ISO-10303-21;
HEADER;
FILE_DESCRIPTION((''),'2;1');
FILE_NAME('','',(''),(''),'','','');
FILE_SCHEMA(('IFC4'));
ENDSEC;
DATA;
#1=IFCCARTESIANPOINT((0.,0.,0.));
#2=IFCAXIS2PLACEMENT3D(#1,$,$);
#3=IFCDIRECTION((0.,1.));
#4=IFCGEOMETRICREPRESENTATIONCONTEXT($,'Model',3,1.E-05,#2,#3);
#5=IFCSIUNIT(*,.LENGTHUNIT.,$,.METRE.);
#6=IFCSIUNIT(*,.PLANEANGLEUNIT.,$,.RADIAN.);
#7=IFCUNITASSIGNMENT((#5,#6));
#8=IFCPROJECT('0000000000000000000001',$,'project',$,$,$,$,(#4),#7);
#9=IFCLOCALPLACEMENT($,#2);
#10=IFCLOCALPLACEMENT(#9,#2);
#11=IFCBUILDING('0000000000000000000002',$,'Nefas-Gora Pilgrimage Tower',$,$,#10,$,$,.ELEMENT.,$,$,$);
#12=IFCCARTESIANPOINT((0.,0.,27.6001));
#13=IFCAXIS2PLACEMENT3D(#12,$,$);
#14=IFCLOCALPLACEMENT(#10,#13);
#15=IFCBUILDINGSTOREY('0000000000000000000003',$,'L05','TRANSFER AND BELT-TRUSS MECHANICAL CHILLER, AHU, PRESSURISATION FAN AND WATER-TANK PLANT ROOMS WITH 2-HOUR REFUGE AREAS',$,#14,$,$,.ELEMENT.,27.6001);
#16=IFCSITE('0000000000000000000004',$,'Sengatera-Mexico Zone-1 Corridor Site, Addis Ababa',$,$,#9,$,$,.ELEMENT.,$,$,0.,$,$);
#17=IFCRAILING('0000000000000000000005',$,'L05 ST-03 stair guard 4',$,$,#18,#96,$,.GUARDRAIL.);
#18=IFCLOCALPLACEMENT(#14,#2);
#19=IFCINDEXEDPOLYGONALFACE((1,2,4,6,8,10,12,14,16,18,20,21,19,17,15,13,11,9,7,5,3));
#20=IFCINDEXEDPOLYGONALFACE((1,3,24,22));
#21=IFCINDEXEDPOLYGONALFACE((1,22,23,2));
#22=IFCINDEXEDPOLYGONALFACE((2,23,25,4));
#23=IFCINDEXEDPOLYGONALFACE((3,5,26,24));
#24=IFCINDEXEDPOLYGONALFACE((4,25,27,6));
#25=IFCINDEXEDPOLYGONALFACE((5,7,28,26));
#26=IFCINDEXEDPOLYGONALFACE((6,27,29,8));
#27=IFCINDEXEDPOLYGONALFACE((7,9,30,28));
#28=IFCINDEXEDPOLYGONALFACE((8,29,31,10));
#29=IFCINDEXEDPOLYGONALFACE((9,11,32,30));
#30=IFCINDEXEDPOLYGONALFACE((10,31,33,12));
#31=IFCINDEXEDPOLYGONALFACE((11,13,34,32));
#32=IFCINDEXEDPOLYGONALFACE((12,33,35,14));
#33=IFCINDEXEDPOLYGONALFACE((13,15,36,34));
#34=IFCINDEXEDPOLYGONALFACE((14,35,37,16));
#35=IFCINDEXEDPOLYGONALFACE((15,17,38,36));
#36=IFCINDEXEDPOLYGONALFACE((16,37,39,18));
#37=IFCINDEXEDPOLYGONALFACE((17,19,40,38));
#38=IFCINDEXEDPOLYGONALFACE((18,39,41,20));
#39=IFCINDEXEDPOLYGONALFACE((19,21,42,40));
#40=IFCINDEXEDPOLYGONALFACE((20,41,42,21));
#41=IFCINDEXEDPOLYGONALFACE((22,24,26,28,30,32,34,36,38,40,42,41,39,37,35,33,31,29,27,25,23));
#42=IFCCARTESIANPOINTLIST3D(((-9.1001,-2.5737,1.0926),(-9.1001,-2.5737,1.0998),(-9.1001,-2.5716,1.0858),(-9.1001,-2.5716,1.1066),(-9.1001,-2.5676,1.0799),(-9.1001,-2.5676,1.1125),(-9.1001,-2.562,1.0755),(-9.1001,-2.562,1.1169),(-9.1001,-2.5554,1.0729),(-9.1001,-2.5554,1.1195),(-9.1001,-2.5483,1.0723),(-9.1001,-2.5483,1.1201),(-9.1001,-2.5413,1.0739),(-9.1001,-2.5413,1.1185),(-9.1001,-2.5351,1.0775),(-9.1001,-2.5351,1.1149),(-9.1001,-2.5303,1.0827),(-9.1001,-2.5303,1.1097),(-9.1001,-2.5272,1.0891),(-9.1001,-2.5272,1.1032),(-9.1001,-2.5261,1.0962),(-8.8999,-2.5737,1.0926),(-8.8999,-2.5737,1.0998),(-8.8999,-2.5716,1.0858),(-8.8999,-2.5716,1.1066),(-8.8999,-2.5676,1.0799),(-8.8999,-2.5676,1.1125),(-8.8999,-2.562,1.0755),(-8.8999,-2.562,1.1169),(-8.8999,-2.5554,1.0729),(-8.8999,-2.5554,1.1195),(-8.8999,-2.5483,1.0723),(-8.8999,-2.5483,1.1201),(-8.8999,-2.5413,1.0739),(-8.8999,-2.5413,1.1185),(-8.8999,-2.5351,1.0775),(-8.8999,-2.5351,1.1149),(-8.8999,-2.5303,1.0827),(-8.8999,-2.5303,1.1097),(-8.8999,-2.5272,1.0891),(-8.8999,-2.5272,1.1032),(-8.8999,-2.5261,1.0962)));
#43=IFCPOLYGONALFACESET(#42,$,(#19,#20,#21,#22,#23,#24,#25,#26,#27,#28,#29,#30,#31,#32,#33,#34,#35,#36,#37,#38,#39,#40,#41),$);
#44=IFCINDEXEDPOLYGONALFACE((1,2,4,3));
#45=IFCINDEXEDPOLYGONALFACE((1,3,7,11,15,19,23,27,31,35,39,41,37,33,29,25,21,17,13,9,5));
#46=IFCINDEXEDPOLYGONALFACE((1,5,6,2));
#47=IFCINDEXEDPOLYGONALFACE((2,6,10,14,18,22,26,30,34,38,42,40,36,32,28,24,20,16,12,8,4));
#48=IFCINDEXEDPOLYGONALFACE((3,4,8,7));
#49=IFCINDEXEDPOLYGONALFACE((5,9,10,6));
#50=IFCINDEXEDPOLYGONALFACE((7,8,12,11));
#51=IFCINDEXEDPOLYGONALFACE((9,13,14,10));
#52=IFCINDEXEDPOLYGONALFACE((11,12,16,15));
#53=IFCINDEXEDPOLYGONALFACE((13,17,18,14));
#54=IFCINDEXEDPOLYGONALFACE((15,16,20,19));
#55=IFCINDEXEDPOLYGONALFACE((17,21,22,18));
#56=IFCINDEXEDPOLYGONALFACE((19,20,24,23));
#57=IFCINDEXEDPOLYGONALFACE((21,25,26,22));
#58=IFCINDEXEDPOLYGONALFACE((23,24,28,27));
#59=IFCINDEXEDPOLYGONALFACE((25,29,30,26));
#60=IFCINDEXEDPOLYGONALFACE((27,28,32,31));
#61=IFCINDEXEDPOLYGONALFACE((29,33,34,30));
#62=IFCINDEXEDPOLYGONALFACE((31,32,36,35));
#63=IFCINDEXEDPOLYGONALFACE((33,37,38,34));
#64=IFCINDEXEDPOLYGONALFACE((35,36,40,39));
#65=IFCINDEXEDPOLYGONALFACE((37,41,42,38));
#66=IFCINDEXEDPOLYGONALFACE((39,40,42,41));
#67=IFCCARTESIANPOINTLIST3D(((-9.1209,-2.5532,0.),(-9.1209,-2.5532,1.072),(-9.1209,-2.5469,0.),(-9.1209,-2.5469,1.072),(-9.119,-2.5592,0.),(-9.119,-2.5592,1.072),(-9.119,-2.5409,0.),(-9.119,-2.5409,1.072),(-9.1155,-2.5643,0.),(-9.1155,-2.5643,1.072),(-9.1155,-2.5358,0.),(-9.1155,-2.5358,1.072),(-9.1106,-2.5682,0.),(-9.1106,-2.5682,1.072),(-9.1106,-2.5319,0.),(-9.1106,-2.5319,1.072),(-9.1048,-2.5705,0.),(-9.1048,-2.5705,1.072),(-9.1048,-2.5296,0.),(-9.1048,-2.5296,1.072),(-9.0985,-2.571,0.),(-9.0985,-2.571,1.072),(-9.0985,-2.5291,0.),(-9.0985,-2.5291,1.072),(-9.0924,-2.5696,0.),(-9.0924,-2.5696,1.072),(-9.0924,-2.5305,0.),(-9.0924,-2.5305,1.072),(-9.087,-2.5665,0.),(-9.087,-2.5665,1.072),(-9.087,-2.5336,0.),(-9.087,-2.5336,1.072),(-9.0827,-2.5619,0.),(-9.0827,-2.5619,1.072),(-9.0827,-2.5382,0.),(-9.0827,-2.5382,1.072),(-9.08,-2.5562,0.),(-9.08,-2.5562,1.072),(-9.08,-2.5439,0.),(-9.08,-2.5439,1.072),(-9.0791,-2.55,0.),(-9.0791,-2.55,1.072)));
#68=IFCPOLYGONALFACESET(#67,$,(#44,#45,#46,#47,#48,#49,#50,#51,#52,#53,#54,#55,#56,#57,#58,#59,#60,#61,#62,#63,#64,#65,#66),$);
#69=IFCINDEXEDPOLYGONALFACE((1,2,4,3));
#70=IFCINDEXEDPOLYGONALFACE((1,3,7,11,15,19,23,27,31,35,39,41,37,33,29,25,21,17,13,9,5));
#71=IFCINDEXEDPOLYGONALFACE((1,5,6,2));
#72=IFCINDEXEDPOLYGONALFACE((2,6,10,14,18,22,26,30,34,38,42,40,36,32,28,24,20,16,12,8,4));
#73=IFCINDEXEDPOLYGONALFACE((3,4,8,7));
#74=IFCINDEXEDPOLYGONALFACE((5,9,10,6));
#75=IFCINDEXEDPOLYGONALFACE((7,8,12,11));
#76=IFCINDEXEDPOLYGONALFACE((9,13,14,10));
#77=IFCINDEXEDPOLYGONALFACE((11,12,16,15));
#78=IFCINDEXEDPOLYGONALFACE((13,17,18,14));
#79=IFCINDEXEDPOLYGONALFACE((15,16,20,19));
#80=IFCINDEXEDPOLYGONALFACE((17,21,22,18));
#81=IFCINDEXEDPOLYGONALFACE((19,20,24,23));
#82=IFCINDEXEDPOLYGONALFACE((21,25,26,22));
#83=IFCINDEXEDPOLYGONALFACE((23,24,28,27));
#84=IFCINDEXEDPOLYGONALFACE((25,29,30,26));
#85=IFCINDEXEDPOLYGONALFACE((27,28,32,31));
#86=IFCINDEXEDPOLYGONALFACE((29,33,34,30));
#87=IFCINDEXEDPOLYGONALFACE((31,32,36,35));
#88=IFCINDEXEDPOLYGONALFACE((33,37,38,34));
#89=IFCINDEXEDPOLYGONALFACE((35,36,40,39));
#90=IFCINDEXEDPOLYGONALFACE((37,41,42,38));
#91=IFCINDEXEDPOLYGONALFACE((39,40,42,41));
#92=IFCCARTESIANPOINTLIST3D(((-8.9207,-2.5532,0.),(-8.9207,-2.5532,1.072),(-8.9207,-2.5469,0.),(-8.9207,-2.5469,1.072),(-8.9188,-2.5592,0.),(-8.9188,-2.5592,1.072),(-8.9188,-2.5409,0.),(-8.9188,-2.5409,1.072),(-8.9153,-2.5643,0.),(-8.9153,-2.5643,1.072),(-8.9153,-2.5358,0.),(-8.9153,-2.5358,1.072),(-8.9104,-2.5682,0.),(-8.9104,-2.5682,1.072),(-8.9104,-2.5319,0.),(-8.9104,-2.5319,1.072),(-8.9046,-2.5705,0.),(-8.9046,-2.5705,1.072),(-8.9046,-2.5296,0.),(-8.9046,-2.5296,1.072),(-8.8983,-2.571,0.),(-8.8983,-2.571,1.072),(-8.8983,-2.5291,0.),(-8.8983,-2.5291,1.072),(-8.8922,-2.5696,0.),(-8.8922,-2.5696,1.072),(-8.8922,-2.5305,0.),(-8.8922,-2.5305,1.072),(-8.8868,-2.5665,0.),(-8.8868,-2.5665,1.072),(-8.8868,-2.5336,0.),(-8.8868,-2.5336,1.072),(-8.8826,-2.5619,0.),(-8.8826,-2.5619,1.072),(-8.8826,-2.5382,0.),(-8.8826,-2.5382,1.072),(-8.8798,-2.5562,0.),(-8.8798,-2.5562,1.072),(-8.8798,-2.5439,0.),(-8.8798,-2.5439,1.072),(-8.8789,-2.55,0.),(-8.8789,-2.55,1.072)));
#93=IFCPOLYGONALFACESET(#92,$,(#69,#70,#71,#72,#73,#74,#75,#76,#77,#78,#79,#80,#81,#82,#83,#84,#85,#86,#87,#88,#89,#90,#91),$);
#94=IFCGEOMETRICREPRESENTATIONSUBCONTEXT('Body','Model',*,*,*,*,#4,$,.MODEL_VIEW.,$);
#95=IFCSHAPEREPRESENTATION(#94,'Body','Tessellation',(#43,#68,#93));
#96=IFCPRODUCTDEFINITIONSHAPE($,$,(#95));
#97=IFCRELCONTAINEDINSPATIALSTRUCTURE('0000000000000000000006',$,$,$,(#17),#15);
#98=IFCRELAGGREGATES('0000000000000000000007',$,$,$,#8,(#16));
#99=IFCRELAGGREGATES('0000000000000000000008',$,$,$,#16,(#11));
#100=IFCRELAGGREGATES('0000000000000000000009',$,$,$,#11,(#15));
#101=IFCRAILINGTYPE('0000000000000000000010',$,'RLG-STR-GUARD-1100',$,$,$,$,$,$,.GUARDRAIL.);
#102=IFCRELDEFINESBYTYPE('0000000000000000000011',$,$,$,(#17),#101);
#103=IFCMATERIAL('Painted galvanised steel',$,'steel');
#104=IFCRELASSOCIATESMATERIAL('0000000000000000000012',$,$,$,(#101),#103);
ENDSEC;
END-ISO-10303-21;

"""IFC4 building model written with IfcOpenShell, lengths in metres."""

from ifc_helpers import new_model, si_unit, direction, frame, origin, origin_2d, place, context, subcontext, project, spatial, circle, extrude, material, type_object, element, save


model = new_model("IFC4")

# Units and contexts
model_context = context("Model", 3, precision=1e-05, world=origin(), true_north=direction((0.0, 1.0)))
body_context = subcontext(model_context, "Body", "Model", "MODEL_VIEW")
ifc_project = project(units=[si_unit("LENGTHUNIT", "METRE"), si_unit("PLANEANGLEUNIT", "RADIAN")], contexts=[model_context])

# Site, building, storey
site_placement = place(None, origin())
site = spatial("IfcSite", under=ifc_project, at=site_placement, Name="Sengatera-Mexico Zone-1 Corridor Site, Addis Ababa", CompositionType="ELEMENT", RefElevation=0.0)
building_placement = place(site_placement, origin())
building = spatial("IfcBuilding", under=site, at=building_placement, Name="Nefas-Gora Pilgrimage Tower", CompositionType="ELEMENT")
storey_placement = place(building_placement, frame((0.0, 0.0, 27.6001)))
storey = spatial("IfcBuildingStorey", under=building, at=storey_placement, Name="L05", Description="TRANSFER AND BELT-TRUSS MECHANICAL CHILLER, AHU, PRESSURISATION FAN AND WATER-TANK PLANT ROOMS WITH 2-HOUR REFUGE AREAS", CompositionType="ELEMENT", Elevation=27.6001)

# Railing
ifc_material_1 = material(Name="Painted galvanised steel", Category="steel")
railing_type_1 = type_object("IfcRailingType", Name="RLG-STR-GUARD-1100", PredefinedType="GUARDRAIL", material=ifc_material_1)
railing_1_placement = place(storey_placement, frame((-9.1001, -2.55, 0.0)))
element("IfcRailing", 1, at=railing_1_placement, inside=storey, type_object=railing_type_1, Name="L05 ST-03 stair guard 4", PredefinedType="GUARDRAIL", context=body_context, shape_type="SweptSolid", body=[
    extrude(circle(Radius=0.0239, at=origin_2d()), frame((0.0, 0.0, 1.0962), z_axis=(1.0, 0.0, 0.0), x_axis=(0.0, 1.0, 0.0)), (0.0, 0.0, 1.0), 0.2002),
    extrude(circle(Radius=0.021, at=origin_2d()), origin(), (0.0, 0.0, 1.0), 1.072),
    extrude(circle(Radius=0.021, at=origin_2d()), frame((0.2002, 0.0, 0.0)), (0.0, 0.0, 1.0), 1.072),
])

save(model, "model.ifc")
